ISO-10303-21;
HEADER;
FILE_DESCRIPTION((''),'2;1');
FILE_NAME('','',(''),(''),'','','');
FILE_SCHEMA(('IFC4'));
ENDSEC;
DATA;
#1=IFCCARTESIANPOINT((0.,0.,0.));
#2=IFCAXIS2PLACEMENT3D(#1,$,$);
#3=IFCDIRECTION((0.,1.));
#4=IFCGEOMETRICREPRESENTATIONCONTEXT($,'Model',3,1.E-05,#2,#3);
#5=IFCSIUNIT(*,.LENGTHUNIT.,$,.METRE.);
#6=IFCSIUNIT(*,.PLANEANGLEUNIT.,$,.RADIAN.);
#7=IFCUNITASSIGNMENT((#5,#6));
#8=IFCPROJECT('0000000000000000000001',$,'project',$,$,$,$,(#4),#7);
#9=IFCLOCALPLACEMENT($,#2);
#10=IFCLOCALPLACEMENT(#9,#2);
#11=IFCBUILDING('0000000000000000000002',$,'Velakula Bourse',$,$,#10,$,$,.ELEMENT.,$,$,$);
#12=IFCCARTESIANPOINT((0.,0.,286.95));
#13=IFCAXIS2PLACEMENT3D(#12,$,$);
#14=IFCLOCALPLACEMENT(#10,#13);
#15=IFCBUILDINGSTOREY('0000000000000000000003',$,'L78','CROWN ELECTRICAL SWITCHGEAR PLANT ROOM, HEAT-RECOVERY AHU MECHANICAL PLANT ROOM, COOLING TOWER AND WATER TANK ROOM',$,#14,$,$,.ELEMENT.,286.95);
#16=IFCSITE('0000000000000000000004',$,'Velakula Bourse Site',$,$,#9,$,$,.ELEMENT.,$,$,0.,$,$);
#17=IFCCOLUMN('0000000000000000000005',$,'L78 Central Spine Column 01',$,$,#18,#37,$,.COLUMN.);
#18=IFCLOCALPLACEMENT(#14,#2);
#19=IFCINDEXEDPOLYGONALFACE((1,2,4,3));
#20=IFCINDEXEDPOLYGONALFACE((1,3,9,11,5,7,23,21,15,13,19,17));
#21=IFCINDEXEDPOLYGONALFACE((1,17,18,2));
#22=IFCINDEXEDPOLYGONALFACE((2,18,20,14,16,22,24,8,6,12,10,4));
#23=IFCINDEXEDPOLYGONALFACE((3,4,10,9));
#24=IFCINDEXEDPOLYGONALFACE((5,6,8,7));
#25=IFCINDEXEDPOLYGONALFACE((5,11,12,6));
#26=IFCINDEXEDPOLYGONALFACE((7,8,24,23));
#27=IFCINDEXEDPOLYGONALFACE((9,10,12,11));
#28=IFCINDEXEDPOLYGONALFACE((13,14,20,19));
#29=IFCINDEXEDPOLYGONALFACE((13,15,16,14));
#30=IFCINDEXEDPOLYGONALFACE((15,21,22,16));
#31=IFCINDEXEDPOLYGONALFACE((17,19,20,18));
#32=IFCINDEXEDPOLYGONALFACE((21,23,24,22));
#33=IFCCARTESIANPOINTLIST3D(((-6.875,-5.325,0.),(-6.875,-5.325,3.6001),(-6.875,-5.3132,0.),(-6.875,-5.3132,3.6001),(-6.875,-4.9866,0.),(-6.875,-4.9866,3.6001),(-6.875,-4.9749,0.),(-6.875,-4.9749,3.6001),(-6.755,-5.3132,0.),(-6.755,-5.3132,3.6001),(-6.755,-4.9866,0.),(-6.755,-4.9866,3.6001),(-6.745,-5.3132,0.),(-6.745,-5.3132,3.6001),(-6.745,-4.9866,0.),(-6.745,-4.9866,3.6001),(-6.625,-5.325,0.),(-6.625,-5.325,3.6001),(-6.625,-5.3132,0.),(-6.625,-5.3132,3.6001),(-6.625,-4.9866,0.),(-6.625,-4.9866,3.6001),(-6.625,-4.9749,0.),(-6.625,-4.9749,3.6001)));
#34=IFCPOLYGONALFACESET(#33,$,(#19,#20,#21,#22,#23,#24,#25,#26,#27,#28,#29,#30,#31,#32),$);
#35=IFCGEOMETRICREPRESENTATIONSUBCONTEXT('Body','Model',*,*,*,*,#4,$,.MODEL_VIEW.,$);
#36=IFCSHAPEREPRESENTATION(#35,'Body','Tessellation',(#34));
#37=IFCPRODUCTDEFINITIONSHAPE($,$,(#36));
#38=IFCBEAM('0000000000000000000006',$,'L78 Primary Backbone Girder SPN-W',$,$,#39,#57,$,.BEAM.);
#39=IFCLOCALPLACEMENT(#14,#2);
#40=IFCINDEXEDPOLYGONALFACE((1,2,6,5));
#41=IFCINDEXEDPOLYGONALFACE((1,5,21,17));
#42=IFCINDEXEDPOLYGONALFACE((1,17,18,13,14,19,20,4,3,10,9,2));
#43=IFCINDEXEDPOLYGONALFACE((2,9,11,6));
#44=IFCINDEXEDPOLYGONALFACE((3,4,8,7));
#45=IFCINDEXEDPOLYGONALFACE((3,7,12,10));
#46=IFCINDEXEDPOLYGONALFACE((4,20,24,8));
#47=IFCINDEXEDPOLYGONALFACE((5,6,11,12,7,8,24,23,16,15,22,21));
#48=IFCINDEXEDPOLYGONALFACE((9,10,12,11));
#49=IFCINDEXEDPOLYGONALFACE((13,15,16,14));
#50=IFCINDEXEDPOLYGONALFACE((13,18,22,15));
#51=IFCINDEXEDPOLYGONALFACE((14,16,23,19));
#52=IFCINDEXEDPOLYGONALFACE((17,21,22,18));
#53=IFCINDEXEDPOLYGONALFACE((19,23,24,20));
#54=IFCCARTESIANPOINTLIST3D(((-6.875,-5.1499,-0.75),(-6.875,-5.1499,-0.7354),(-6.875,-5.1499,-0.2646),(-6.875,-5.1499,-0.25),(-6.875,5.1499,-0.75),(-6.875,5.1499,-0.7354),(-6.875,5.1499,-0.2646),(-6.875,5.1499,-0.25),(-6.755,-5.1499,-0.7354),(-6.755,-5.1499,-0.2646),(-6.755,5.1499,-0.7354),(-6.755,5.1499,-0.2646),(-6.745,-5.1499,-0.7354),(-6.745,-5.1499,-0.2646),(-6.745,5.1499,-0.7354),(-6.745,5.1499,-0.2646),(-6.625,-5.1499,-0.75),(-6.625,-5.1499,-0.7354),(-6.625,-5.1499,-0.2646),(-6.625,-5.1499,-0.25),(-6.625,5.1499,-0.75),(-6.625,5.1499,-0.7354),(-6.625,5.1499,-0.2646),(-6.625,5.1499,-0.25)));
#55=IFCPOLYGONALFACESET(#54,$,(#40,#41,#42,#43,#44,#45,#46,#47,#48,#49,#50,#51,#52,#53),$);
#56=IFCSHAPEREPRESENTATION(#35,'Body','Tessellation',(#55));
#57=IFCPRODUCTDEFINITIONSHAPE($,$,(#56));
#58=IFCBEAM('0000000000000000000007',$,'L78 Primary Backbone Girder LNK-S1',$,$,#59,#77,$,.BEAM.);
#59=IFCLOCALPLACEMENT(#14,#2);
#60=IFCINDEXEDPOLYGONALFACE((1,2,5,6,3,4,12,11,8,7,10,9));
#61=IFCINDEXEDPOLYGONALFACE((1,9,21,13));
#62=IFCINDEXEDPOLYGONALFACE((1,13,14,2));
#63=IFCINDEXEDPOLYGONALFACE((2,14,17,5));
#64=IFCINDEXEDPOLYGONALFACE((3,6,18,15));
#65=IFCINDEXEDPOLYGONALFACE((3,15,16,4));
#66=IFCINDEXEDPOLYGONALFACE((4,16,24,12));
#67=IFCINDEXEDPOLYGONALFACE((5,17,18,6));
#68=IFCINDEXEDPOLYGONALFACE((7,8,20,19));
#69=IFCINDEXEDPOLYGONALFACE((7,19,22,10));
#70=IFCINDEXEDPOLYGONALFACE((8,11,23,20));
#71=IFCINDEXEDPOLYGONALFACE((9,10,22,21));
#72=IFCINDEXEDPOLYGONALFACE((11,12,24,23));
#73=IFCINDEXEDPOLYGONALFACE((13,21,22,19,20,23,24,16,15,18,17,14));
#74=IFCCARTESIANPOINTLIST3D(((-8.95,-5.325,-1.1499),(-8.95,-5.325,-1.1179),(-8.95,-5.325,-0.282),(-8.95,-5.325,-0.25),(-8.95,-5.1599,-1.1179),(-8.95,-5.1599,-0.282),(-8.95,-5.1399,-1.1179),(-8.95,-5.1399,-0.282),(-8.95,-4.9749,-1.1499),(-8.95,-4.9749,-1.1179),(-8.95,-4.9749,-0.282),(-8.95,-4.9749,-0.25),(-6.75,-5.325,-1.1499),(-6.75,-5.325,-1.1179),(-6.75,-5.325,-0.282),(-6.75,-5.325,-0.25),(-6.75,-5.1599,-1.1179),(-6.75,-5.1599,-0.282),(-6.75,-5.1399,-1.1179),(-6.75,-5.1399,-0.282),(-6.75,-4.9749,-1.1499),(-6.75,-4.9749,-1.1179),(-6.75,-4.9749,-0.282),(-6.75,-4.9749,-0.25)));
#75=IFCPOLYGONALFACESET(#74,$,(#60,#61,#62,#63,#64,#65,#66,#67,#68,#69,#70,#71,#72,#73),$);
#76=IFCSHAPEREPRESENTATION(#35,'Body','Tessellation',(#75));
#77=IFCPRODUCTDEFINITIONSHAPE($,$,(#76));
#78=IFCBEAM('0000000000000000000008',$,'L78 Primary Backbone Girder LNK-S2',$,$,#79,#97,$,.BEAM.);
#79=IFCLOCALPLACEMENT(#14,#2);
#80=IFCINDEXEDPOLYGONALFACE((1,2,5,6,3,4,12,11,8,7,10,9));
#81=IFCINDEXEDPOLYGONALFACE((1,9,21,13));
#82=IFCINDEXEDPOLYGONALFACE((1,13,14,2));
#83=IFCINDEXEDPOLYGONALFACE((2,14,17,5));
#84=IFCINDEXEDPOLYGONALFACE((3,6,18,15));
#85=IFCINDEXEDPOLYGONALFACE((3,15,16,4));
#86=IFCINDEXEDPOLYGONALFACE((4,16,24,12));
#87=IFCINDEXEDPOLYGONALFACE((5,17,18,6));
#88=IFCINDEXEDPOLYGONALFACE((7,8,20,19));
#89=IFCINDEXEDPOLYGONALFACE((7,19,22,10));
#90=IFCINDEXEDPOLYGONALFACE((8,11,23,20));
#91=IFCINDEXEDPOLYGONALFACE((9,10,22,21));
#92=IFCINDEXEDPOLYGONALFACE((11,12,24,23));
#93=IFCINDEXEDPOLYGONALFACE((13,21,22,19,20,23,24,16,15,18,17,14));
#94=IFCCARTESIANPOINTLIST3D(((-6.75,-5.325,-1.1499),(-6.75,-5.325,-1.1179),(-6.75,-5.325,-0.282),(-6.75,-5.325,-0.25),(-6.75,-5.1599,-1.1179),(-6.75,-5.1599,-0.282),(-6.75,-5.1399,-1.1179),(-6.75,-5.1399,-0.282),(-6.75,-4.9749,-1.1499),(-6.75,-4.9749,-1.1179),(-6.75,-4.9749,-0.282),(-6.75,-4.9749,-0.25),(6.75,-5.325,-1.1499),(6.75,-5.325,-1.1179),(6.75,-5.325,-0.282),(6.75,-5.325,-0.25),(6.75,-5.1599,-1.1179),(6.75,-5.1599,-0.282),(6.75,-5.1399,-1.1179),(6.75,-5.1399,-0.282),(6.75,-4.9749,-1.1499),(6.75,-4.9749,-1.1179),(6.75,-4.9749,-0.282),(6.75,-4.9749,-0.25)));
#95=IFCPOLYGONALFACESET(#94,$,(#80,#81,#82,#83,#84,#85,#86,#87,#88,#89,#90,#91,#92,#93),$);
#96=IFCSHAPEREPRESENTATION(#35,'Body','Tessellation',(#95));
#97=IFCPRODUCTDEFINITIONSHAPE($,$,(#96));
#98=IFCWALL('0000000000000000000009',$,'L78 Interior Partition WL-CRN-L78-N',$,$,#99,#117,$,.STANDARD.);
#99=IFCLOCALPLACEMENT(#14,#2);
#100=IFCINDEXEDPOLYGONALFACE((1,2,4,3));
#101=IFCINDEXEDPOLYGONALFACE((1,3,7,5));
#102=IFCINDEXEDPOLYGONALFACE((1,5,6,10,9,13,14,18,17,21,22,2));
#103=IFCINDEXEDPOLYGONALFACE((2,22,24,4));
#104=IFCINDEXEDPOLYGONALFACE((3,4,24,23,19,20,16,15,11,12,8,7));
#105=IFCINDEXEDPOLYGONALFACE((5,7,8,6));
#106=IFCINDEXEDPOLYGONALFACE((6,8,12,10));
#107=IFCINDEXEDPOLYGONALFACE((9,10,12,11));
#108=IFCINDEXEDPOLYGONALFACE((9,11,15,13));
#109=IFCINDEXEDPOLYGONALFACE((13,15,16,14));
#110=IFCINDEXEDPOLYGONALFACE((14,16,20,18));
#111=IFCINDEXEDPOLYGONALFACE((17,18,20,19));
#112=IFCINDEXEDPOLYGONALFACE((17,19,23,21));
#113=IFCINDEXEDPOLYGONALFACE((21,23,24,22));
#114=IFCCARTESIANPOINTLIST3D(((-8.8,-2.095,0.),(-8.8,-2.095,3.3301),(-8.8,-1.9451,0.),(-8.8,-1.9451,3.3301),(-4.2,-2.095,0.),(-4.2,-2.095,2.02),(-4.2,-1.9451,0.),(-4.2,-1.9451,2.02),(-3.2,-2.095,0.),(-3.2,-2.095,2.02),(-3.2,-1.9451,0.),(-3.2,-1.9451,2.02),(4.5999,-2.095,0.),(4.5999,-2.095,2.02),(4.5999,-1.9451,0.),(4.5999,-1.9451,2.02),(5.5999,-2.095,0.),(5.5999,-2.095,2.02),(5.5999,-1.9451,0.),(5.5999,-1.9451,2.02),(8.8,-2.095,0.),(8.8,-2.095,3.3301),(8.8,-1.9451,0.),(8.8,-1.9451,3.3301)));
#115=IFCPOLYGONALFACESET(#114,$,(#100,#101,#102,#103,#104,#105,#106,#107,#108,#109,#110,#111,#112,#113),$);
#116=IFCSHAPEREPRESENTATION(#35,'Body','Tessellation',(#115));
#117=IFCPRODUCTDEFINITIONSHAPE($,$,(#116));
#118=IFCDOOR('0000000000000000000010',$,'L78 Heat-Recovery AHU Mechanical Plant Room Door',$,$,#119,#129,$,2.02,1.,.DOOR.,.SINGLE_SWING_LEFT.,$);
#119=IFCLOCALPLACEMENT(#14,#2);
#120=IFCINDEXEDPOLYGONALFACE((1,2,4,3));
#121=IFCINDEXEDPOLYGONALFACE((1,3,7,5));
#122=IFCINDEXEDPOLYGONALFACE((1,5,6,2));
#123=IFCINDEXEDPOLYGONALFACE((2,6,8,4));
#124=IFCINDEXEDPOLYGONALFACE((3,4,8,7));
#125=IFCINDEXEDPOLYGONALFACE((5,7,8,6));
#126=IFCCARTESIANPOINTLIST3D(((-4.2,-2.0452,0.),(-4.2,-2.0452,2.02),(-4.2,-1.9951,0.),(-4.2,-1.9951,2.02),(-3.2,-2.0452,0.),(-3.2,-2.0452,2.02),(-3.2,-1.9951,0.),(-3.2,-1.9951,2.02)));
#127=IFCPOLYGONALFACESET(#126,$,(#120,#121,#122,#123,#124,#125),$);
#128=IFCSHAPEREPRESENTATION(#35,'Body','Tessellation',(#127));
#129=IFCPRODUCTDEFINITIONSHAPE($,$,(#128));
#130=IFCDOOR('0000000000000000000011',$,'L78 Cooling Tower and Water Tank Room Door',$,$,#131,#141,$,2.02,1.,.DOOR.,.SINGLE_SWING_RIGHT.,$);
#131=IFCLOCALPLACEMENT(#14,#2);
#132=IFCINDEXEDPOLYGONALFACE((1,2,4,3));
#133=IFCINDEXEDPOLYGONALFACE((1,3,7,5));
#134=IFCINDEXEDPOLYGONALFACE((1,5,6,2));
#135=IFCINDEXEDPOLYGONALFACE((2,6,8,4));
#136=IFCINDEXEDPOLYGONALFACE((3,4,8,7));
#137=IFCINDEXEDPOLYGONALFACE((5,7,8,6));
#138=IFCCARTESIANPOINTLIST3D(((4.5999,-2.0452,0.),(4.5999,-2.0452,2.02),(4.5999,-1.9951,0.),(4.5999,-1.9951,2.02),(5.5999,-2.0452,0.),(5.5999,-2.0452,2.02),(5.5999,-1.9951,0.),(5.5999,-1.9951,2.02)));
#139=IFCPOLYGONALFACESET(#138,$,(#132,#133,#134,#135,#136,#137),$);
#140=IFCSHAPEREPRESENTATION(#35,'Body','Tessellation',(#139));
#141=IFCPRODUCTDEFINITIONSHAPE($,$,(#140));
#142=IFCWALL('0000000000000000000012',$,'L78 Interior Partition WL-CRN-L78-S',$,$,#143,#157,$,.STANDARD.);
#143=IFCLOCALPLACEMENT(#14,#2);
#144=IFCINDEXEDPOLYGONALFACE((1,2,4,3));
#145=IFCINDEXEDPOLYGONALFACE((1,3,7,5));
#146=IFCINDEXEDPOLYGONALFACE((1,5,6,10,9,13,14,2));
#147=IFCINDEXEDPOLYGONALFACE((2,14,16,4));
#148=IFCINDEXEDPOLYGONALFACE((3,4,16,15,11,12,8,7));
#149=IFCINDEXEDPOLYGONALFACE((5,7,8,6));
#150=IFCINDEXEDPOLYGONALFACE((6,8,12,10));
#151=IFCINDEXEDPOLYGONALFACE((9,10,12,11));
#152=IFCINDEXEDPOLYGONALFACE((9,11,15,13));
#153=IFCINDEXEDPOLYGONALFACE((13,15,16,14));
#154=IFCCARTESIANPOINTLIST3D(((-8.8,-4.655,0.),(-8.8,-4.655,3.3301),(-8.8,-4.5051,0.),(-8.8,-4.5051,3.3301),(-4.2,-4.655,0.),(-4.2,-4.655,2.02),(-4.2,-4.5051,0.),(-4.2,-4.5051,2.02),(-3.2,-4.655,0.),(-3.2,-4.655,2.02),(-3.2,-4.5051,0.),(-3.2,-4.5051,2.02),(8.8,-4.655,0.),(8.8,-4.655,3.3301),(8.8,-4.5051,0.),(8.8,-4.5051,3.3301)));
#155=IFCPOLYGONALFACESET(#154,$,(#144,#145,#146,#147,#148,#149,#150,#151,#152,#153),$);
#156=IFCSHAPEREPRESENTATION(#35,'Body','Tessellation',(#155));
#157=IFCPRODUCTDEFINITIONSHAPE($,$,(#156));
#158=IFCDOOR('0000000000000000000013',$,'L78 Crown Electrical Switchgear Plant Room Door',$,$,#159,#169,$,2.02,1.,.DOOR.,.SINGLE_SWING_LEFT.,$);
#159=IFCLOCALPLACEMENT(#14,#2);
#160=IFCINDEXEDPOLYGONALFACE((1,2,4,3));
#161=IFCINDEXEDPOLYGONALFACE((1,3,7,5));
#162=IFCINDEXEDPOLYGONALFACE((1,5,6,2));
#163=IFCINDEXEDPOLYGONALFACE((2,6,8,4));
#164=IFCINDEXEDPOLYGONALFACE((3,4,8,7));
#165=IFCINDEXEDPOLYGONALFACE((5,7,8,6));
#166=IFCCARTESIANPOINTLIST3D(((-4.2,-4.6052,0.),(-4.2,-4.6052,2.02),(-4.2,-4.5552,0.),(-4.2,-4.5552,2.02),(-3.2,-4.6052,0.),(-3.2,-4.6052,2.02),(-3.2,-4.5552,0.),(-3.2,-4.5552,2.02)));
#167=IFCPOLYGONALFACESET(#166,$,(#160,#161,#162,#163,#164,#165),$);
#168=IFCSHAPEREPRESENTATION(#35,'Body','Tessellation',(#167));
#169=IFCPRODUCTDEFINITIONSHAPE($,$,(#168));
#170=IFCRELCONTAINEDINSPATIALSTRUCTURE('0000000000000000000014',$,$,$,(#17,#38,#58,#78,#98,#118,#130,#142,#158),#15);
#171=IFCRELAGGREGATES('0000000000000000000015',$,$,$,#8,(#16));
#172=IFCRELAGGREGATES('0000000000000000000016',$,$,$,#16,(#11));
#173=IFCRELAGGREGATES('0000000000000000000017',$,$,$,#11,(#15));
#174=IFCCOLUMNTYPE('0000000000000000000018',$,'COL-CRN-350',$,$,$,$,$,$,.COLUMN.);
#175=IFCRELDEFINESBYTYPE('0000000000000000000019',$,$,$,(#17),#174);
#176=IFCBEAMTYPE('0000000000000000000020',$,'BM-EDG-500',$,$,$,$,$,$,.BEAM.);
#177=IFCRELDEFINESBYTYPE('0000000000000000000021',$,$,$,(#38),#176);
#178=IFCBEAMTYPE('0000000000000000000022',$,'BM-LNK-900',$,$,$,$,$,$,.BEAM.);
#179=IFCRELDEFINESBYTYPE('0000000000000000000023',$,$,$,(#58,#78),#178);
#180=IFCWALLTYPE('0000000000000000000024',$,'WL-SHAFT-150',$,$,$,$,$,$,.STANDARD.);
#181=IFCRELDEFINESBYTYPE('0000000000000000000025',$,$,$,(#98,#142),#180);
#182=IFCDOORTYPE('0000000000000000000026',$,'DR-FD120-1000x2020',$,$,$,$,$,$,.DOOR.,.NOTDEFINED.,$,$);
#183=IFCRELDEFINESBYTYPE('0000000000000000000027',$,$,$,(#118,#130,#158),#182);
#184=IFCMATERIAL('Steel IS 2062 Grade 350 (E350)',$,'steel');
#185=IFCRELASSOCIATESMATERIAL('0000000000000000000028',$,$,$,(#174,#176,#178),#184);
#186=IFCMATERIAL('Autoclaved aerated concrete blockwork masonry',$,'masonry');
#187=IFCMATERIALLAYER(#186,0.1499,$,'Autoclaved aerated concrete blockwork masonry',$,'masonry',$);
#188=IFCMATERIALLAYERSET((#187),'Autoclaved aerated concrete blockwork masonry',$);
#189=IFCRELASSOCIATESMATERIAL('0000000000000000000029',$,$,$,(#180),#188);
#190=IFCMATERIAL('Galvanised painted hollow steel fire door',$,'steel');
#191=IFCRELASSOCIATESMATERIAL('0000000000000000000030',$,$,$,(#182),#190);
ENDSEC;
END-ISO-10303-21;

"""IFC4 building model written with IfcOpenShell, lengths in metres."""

from ifc_helpers import new_model, si_unit, direction, frame, frame_2d, origin, origin_2d, place, context, subcontext, project, spatial, rectangle, i_section, extrude, material, layer, layer_set, material_profile, profile_set, type_object, element, fill, save


model = new_model("IFC4")

# Units and contexts
model_context = context("Model", 3, precision=1e-05, world=origin(), true_north=direction((0.0, 1.0)))
body_context = subcontext(model_context, "Body", "Model", "MODEL_VIEW")
ifc_project = project(units=[si_unit("LENGTHUNIT", "METRE"), si_unit("PLANEANGLEUNIT", "RADIAN")], contexts=[model_context])

# Site, building, storey
site_placement = place(None, origin())
site = spatial("IfcSite", under=ifc_project, at=site_placement, Name="Velakula Bourse Site", CompositionType="ELEMENT", RefElevation=0.0)
building_placement = place(site_placement, origin())
building = spatial("IfcBuilding", under=site, at=building_placement, Name="Velakula Bourse", CompositionType="ELEMENT")
storey_placement = place(building_placement, frame((0.0, 0.0, 286.95)))
storey = spatial("IfcBuildingStorey", under=building, at=storey_placement, Name="L78", Description="CROWN ELECTRICAL SWITCHGEAR PLANT ROOM, HEAT-RECOVERY AHU MECHANICAL PLANT ROOM, COOLING TOWER AND WATER TANK ROOM", CompositionType="ELEMENT", Elevation=286.95)

# Column
ifc_material_1 = material(Name="Steel IS 2062 Grade 350 (E350)", Category="steel")
ifc_material_profile_1 = material_profile(ifc_material_1, i_section(OverallWidth=0.25, OverallDepth=0.3501, WebThickness=0.01, FlangeThickness=0.0117, at=origin_2d()), Name="Steel IS 2062 Grade 350 (E350)")
ifc_profile_set_1 = profile_set([ifc_material_profile_1], Name="Steel IS 2062 Grade 350 (E350)")
column_type = type_object("IfcColumnType", Name="COL-CRN-350", PredefinedType="COLUMN", material=ifc_profile_set_1)
column_placement = place(storey_placement, frame((-6.75, -5.1499, 0.0), z_axis=(0.0, 0.0, 1.0), x_axis=(1.0, 0.0, 0.0)))
element("IfcColumn", 1, at=column_placement, inside=storey, type_object=column_type, Name="L78 Central Spine Column 01", PredefinedType="COLUMN", context=body_context, shape_type="SweptSolid", body=[
    extrude(i_section(OverallWidth=0.25, OverallDepth=0.3501, WebThickness=0.01, FlangeThickness=0.0117, at=origin_2d()), origin(), (0.0, 0.0, 1.0), 3.6001),
])

# Beams
ifc_material_profile_2 = material_profile(ifc_material_1, i_section(OverallWidth=0.25, OverallDepth=0.5, WebThickness=0.01, FlangeThickness=0.0146, at=origin_2d()), Name="Steel IS 2062 Grade 350 (E350)")
ifc_profile_set_2 = profile_set([ifc_material_profile_2], Name="Steel IS 2062 Grade 350 (E350)")
beam_type_1 = type_object("IfcBeamType", Name="BM-EDG-500", PredefinedType="BEAM", material=ifc_profile_set_2)
beam_1_placement = place(storey_placement, frame((-6.75, -5.1499, -0.5), z_axis=(0.0, 1.0, 0.0), x_axis=(-1.0, 0.0, 0.0)))
element("IfcBeam", 2, at=beam_1_placement, inside=storey, type_object=beam_type_1, Name="L78 Primary Backbone Girder SPN-W", PredefinedType="BEAM", context=body_context, shape_type="SweptSolid", body=[
    extrude(i_section(OverallWidth=0.25, OverallDepth=0.5, WebThickness=0.01, FlangeThickness=0.0146, at=origin_2d()), origin(), (0.0, 0.0, 1.0), 10.2998),
])
ifc_material_profile_3 = material_profile(ifc_material_1, i_section(OverallWidth=0.3501, OverallDepth=0.8999, WebThickness=0.02, FlangeThickness=0.032, at=origin_2d()), Name="Steel IS 2062 Grade 350 (E350)")
ifc_profile_set_3 = profile_set([ifc_material_profile_3], Name="Steel IS 2062 Grade 350 (E350)")
beam_type_2 = type_object("IfcBeamType", Name="BM-LNK-900", PredefinedType="BEAM", material=ifc_profile_set_3)
beam_2_placement = place(storey_placement, frame((-8.95, -5.1499, -0.7), z_axis=(1.0, 0.0, 0.0), x_axis=(0.0, 1.0, 0.0)))
element("IfcBeam", 3, at=beam_2_placement, inside=storey, type_object=beam_type_2, Name="L78 Primary Backbone Girder LNK-S1", PredefinedType="BEAM", context=body_context, shape_type="SweptSolid", body=[
    extrude(i_section(OverallWidth=0.3501, OverallDepth=0.8999, WebThickness=0.02, FlangeThickness=0.032, at=origin_2d()), origin(), (0.0, 0.0, 1.0), 2.2),
])
beam_3_placement = place(storey_placement, frame((-6.75, -5.1499, -0.7), z_axis=(1.0, 0.0, 0.0), x_axis=(0.0, 1.0, 0.0)))
element("IfcBeam", 4, at=beam_3_placement, inside=storey, type_object=beam_type_2, Name="L78 Primary Backbone Girder LNK-S2", PredefinedType="BEAM", context=body_context, shape_type="SweptSolid", body=[
    extrude(i_section(OverallWidth=0.3501, OverallDepth=0.8999, WebThickness=0.02, FlangeThickness=0.032, at=origin_2d()), origin(), (0.0, 0.0, 1.0), 13.5),
])

# Wall, openings, doors
ifc_material_2 = material(Name="Autoclaved aerated concrete blockwork masonry", Category="masonry")
ifc_layer_1 = layer(ifc_material_2, 0.1499, Name="Autoclaved aerated concrete blockwork masonry", Category="masonry")
ifc_layer_set_1 = layer_set([ifc_layer_1], Name="Autoclaved aerated concrete blockwork masonry")
wall_type = type_object("IfcWallType", Name="WL-SHAFT-150", PredefinedType="STANDARD", material=ifc_layer_set_1)
wall_1_placement = place(storey_placement, frame((-8.8, -2.02, 0.0), z_axis=(0.0, 0.0, 1.0), x_axis=(1.0, 0.0, 0.0)))
wall_1 = element("IfcWall", 5, at=wall_1_placement, inside=storey, type_object=wall_type, Name="L78 Interior Partition WL-CRN-L78-N", PredefinedType="STANDARD", context=body_context, shape_type="SweptSolid", body=[
    extrude(rectangle(XDim=17.6001, YDim=0.1499, at=frame_2d((8.8, 0.0))), origin(), (0.0, 0.0, 1.0), 3.3301),
])
opening_1_placement = place(wall_1_placement, frame((4.6001, 0.0, 0.0)))
opening_1 = element("IfcOpeningElement", 6, at=opening_1_placement, cuts=wall_1, PredefinedType="OPENING", context=body_context, shape_type="SweptSolid", body=[
    extrude(rectangle(XDim=1.0, YDim=2.02, at=frame_2d((0.5, 1.01))), frame((0.0, 0.085, 0.0), z_axis=(0.0, -1.0, 0.0), x_axis=(1.0, 0.0, 0.0)), (0.0, 0.0, 1.0), 0.1699),
])
opening_2_placement = place(wall_1_placement, frame((13.3999, 0.0, 0.0)))
opening_2 = element("IfcOpeningElement", 7, at=opening_2_placement, cuts=wall_1, PredefinedType="OPENING", context=body_context, shape_type="SweptSolid", body=[
    extrude(rectangle(XDim=1.0, YDim=2.02, at=frame_2d((0.5, 1.01))), frame((0.0, 0.085, 0.0), z_axis=(0.0, -1.0, 0.0), x_axis=(1.0, 0.0, 0.0)), (0.0, 0.0, 1.0), 0.1699),
])
ifc_material_3 = material(Name="Galvanised painted hollow steel fire door", Category="steel")
door_type = type_object("IfcDoorType", Name="DR-FD120-1000x2020", OperationType="NOTDEFINED", PredefinedType="DOOR", material=ifc_material_3)
door_1_placement = place(opening_1_placement, origin())
door_1 = element("IfcDoor", 8, at=door_1_placement, inside=storey, type_object=door_type, Name="L78 Heat-Recovery AHU Mechanical Plant Room Door", OperationType="SINGLE_SWING_LEFT", OverallHeight=2.02, OverallWidth=1.0, PredefinedType="DOOR", context=body_context, shape_type="SweptSolid", body=[
    extrude(rectangle(XDim=1.0, YDim=2.02, at=frame_2d((0.5, 1.01))), frame((0.0, 0.0249, 0.0), z_axis=(0.0, -1.0, 0.0), x_axis=(1.0, 0.0, 0.0)), (0.0, 0.0, 1.0), 0.05),
])
fill(opening_1, door_1)
door_2_placement = place(opening_2_placement, origin())
door_2 = element("IfcDoor", 9, at=door_2_placement, inside=storey, type_object=door_type, Name="L78 Cooling Tower and Water Tank Room Door", OperationType="SINGLE_SWING_RIGHT", OverallHeight=2.02, OverallWidth=1.0, PredefinedType="DOOR", context=body_context, shape_type="SweptSolid", body=[
    extrude(rectangle(XDim=1.0, YDim=2.02, at=frame_2d((0.5, 1.01))), frame((0.0, 0.0249, 0.0), z_axis=(0.0, -1.0, 0.0), x_axis=(1.0, 0.0, 0.0)), (0.0, 0.0, 1.0), 0.05),
])
fill(opening_2, door_2)

# Wall, opening, door
wall_2_placement = place(storey_placement, frame((-8.8, -4.5801, 0.0), z_axis=(0.0, 0.0, 1.0), x_axis=(1.0, 0.0, 0.0)))
wall_2 = element("IfcWall", 10, at=wall_2_placement, inside=storey, type_object=wall_type, Name="L78 Interior Partition WL-CRN-L78-S", PredefinedType="STANDARD", context=body_context, shape_type="SweptSolid", body=[
    extrude(rectangle(XDim=17.6001, YDim=0.1499, at=frame_2d((8.8, 0.0))), origin(), (0.0, 0.0, 1.0), 3.3301),
])
opening_3_placement = place(wall_2_placement, frame((4.6001, 0.0, 0.0)))
opening_3 = element("IfcOpeningElement", 11, at=opening_3_placement, cuts=wall_2, PredefinedType="OPENING", context=body_context, shape_type="SweptSolid", body=[
    extrude(rectangle(XDim=1.0, YDim=2.02, at=frame_2d((0.5, 1.01))), frame((0.0, 0.085, 0.0), z_axis=(0.0, -1.0, 0.0), x_axis=(1.0, 0.0, 0.0)), (0.0, 0.0, 1.0), 0.1699),
])
door_3_placement = place(opening_3_placement, origin())
door_3 = element("IfcDoor", 12, at=door_3_placement, inside=storey, type_object=door_type, Name="L78 Crown Electrical Switchgear Plant Room Door", OperationType="SINGLE_SWING_LEFT", OverallHeight=2.02, OverallWidth=1.0, PredefinedType="DOOR", context=body_context, shape_type="SweptSolid", body=[
    extrude(rectangle(XDim=1.0, YDim=2.02, at=frame_2d((0.5, 1.01))), frame((0.0, 0.0249, 0.0), z_axis=(0.0, -1.0, 0.0), x_axis=(1.0, 0.0, 0.0)), (0.0, 0.0, 1.0), 0.05),
])
fill(opening_3, door_3)

save(model, "model.ifc")
